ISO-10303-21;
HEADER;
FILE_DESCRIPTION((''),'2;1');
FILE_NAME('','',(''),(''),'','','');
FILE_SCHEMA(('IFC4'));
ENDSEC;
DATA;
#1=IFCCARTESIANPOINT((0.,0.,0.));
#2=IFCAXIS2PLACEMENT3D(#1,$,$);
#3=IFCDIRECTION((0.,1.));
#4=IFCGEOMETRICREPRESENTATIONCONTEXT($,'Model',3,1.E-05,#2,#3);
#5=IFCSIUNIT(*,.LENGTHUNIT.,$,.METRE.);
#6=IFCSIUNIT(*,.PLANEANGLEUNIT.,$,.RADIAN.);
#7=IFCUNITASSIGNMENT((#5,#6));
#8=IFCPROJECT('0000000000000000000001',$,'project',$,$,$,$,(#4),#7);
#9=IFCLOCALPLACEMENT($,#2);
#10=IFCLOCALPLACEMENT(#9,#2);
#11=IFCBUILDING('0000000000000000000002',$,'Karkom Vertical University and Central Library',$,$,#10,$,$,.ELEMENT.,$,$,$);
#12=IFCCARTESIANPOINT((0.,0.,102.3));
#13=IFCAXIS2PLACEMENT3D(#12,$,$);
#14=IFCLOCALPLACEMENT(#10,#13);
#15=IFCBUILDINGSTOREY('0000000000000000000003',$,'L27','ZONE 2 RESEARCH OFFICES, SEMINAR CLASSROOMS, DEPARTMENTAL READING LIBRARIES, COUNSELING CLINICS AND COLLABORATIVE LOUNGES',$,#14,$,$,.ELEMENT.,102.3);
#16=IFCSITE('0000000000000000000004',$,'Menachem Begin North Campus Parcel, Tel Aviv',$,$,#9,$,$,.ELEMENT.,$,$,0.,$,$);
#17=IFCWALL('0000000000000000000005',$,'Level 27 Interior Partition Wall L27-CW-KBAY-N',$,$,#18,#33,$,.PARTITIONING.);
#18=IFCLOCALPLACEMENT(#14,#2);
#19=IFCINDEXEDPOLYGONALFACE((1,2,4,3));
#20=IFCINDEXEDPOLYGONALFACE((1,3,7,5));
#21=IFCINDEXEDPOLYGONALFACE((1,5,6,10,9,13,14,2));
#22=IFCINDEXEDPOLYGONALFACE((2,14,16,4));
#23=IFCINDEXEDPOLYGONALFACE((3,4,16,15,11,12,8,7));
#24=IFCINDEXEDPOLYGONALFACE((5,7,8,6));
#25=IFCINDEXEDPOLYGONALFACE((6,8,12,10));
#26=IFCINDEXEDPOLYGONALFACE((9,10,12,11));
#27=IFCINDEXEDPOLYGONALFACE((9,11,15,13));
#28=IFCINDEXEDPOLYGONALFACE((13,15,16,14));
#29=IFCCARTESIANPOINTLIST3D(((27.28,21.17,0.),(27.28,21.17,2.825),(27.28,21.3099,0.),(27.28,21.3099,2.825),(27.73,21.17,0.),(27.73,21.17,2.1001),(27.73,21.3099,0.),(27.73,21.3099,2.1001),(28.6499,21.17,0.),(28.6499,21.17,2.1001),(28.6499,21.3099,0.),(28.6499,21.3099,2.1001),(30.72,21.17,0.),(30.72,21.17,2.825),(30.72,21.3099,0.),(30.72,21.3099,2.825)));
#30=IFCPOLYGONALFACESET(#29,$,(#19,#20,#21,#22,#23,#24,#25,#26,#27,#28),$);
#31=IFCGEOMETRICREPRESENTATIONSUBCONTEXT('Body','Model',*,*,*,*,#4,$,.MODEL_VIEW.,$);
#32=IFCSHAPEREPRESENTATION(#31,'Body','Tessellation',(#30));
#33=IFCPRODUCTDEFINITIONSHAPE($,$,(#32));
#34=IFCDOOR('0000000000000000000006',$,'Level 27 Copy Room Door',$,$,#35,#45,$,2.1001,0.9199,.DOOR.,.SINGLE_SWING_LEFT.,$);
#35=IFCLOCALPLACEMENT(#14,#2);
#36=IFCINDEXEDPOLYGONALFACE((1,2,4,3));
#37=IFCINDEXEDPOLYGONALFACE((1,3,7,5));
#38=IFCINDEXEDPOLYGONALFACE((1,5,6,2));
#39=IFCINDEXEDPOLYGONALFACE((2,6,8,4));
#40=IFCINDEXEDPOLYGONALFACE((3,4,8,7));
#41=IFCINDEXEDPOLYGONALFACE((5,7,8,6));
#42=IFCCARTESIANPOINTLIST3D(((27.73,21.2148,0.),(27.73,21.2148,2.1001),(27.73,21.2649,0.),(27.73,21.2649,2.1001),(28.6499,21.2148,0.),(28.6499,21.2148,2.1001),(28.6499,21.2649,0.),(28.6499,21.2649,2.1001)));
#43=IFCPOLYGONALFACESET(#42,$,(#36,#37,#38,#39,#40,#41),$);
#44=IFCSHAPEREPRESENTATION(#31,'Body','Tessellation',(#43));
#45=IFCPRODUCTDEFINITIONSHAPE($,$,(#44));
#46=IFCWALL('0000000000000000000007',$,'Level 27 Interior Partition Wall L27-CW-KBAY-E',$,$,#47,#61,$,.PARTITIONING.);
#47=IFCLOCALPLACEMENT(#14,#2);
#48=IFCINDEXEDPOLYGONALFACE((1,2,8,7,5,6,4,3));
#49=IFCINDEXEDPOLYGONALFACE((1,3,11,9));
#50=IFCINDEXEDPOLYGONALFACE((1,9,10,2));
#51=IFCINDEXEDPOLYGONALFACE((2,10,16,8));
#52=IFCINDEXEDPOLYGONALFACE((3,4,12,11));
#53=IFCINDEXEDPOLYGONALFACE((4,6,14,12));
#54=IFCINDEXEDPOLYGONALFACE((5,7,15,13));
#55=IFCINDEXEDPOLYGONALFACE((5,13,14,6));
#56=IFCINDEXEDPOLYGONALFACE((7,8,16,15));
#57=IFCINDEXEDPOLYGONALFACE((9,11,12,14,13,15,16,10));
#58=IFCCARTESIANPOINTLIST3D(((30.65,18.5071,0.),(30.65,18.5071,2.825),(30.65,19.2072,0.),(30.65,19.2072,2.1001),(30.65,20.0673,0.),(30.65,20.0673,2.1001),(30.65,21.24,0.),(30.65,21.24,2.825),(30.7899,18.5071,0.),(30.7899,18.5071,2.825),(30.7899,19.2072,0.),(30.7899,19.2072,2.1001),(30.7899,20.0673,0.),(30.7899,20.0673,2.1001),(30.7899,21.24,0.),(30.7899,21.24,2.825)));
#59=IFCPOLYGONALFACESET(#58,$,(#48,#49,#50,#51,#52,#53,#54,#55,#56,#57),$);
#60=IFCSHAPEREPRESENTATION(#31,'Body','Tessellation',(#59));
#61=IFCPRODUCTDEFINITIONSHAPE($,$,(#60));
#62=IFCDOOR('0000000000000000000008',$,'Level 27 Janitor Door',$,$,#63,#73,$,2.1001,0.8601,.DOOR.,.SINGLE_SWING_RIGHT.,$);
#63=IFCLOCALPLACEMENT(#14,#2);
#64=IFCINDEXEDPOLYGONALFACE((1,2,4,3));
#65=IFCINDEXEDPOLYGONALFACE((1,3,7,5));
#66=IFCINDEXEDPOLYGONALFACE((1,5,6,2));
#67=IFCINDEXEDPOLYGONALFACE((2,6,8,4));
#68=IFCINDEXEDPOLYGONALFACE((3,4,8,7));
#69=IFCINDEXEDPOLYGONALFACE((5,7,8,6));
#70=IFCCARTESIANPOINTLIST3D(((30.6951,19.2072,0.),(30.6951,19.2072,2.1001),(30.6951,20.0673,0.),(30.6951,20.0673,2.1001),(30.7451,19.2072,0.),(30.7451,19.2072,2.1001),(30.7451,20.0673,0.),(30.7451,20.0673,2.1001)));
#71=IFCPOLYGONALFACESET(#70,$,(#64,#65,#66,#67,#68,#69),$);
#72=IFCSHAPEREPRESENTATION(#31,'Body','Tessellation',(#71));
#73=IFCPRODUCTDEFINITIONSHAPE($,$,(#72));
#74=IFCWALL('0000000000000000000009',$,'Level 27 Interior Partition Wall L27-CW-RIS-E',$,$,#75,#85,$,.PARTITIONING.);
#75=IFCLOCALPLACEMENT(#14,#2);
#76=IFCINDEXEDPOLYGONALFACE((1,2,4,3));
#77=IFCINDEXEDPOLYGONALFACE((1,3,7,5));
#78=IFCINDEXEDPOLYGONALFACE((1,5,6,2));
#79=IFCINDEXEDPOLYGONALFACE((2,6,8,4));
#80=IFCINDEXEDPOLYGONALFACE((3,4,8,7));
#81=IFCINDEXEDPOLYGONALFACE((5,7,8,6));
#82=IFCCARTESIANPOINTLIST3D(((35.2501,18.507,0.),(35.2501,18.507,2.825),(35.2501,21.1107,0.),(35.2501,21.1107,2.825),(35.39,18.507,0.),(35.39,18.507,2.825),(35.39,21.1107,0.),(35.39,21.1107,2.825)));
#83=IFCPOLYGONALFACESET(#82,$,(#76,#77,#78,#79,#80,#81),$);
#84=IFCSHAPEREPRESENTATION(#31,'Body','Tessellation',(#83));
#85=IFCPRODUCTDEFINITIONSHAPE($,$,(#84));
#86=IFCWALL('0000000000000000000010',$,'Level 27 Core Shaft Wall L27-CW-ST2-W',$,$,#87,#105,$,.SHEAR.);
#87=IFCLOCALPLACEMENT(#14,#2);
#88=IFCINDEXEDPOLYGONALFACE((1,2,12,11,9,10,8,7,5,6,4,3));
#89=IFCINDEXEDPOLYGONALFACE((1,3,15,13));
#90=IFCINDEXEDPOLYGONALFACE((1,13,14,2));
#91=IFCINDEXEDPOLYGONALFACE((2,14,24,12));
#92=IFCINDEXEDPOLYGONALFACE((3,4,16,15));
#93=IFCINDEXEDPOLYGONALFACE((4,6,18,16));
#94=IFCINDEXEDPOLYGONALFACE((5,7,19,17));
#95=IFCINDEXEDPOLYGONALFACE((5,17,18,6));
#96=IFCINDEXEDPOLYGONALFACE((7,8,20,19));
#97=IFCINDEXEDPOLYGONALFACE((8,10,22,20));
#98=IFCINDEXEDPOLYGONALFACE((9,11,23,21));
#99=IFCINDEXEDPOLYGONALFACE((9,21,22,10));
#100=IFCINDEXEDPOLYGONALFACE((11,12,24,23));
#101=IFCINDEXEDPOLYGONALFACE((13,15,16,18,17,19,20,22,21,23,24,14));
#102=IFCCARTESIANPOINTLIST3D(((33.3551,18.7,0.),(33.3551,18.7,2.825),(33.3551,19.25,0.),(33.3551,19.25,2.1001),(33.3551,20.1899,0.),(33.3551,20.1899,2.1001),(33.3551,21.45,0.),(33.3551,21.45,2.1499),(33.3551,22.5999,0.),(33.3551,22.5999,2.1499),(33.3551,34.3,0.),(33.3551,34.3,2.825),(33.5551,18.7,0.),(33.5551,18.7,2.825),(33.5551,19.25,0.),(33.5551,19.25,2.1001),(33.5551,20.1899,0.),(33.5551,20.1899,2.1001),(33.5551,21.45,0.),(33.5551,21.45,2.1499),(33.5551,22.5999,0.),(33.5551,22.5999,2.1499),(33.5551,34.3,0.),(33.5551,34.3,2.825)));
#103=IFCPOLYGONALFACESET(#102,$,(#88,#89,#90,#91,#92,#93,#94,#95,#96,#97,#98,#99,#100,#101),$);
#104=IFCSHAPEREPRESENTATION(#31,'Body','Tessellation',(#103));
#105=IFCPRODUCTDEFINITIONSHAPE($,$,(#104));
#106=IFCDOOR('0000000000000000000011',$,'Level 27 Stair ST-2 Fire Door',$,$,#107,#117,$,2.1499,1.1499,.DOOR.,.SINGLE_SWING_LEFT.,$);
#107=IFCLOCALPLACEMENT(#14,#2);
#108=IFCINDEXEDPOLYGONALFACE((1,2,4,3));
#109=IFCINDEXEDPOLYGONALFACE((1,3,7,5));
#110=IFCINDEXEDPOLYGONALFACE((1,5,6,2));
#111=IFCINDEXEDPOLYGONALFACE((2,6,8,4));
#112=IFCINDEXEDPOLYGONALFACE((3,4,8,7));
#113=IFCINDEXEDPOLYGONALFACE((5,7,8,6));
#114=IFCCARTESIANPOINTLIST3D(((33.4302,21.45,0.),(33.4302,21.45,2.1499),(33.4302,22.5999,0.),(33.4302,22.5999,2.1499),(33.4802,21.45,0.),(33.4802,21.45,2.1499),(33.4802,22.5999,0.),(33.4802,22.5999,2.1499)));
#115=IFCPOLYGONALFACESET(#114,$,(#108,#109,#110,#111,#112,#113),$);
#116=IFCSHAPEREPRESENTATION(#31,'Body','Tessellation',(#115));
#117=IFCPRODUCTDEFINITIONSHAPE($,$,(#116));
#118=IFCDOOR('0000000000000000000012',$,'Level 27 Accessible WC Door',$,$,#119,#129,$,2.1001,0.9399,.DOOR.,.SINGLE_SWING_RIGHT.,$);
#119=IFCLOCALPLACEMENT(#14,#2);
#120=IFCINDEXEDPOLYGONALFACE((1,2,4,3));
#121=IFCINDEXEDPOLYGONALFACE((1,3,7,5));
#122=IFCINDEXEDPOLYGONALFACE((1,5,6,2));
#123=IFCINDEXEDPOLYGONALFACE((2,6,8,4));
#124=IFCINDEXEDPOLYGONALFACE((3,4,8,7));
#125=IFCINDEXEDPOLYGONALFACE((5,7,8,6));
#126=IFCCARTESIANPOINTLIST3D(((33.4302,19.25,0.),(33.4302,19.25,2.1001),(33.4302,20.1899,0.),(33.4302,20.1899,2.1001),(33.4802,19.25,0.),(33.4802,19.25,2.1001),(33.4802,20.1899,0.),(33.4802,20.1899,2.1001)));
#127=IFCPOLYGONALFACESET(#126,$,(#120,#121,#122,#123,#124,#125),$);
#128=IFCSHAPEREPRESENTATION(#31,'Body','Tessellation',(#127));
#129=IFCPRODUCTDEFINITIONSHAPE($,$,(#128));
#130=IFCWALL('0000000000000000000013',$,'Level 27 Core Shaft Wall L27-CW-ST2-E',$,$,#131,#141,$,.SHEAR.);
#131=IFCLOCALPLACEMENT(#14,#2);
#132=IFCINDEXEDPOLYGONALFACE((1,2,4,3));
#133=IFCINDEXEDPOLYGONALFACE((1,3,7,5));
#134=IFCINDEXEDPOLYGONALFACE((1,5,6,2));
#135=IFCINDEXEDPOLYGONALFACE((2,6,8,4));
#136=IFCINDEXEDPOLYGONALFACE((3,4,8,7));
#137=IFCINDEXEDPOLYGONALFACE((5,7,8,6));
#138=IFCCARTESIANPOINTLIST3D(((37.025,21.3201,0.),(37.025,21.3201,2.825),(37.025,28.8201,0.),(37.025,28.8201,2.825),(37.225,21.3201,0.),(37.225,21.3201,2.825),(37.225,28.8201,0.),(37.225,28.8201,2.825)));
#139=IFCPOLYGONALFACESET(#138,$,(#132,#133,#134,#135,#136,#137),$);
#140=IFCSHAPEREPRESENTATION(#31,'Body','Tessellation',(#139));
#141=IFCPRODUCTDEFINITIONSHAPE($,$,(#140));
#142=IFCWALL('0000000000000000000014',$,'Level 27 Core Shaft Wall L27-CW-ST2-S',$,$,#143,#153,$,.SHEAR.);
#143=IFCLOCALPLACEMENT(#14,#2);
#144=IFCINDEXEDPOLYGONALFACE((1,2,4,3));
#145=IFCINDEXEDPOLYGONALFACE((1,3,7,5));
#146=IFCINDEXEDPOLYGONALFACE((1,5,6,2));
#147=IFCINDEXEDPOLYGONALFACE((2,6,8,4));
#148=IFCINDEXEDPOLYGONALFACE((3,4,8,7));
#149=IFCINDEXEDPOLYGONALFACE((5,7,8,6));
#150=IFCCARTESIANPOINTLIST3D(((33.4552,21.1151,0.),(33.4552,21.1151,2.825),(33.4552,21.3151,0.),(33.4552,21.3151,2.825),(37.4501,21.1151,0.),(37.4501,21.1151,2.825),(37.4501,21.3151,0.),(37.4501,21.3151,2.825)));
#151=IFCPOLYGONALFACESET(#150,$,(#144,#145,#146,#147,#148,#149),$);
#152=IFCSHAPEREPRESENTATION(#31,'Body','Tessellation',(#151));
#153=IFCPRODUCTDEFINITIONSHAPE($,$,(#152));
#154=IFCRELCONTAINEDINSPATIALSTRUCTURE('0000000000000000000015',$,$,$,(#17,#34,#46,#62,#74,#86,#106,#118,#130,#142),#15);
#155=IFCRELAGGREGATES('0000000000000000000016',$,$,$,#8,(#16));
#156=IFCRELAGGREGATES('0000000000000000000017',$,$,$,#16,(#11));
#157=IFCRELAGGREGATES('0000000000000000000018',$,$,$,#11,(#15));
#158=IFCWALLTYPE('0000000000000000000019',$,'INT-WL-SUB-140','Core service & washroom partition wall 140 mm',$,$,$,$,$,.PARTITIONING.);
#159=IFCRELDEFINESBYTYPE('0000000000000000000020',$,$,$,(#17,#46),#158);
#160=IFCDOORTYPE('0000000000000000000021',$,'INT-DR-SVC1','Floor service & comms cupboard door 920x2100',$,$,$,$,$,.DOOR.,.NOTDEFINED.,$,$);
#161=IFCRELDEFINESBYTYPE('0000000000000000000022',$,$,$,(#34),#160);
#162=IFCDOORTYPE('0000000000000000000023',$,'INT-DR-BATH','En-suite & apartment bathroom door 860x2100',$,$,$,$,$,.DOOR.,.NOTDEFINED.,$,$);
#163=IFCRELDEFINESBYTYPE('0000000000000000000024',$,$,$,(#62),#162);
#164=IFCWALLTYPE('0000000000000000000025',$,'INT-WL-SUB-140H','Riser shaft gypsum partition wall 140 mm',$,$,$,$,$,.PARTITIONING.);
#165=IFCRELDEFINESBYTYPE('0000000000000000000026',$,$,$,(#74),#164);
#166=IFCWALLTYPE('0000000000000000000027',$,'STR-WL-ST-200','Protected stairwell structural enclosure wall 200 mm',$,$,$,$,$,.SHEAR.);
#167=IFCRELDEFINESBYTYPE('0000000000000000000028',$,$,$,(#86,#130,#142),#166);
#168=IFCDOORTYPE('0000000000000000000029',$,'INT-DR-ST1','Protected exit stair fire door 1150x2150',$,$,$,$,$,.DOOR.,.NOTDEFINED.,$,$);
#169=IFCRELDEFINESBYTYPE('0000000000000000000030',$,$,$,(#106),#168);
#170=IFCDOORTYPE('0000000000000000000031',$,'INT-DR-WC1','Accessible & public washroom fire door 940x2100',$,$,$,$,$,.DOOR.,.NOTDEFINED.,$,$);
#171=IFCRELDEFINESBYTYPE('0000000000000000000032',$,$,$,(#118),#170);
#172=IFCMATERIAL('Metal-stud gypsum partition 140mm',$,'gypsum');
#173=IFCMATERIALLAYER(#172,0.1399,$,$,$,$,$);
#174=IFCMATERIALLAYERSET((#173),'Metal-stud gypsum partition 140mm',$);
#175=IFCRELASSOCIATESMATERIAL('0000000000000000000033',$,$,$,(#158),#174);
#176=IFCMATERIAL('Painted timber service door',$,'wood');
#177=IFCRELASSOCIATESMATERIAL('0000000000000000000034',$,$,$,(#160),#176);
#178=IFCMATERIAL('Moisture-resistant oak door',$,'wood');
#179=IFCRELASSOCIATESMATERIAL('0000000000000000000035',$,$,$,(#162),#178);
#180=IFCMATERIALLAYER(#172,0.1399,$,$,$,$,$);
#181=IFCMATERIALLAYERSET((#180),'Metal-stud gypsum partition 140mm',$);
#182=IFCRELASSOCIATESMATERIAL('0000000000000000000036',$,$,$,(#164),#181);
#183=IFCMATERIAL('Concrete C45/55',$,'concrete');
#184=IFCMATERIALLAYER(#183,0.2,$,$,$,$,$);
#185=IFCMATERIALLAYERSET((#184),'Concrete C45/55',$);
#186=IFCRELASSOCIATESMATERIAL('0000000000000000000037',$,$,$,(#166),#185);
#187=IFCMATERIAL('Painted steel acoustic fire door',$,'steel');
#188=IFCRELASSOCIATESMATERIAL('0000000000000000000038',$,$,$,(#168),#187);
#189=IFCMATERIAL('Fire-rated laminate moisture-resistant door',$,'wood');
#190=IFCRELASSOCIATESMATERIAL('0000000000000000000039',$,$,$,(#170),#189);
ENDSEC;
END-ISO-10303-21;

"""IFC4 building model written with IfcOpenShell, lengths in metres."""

from ifc_helpers import new_model, si_unit, direction, frame, frame_2d, origin, origin_with_axes, place, context, subcontext, project, spatial, rectangle, extrude, source, transform, mapped, material, layer, layer_set, type_object, element, fill, save


model = new_model("IFC4")

# Units and contexts
model_context = context("Model", 3, precision=1e-05, world=origin(), true_north=direction((0.0, 1.0)))
body_context = subcontext(model_context, "Body", "Model", "MODEL_VIEW")
ifc_project = project(units=[si_unit("LENGTHUNIT", "METRE"), si_unit("PLANEANGLEUNIT", "RADIAN")], contexts=[model_context])

# Site, building, storey
site_placement = place(None, origin())
site = spatial("IfcSite", under=ifc_project, at=site_placement, Name="Menachem Begin North Campus Parcel, Tel Aviv", CompositionType="ELEMENT", RefElevation=0.0)
building_placement = place(site_placement, origin())
building = spatial("IfcBuilding", under=site, at=building_placement, Name="Karkom Vertical University and Central Library", CompositionType="ELEMENT")
storey_placement = place(building_placement, frame((0.0, 0.0, 102.3)))
storey = spatial("IfcBuildingStorey", under=building, at=storey_placement, Name="L27", Description="ZONE 2 RESEARCH OFFICES, SEMINAR CLASSROOMS, DEPARTMENTAL READING LIBRARIES, COUNSELING CLINICS AND COLLABORATIVE LOUNGES", CompositionType="ELEMENT", Elevation=102.3)

# Walls, openings, doors
ifc_material_1 = material(Name="Metal-stud gypsum partition 140mm", Category="gypsum")
ifc_layer_1 = layer(ifc_material_1, 0.1399)
ifc_layer_set_1 = layer_set([ifc_layer_1], Name="Metal-stud gypsum partition 140mm")
wall_type_1 = type_object("IfcWallType", Name="INT-WL-SUB-140", Description="Core service & washroom partition wall 140 mm", PredefinedType="PARTITIONING", material=ifc_layer_set_1)
wall_1_placement = place(storey_placement, frame((27.28, 21.24, 0.0), z_axis=(0.0, 0.0, 1.0), x_axis=(1.0, 0.0, 0.0)))
wall_1 = element("IfcWall", 1, at=wall_1_placement, inside=storey, type_object=wall_type_1, Name="Level 27 Interior Partition Wall L27-CW-KBAY-N", PredefinedType="PARTITIONING", context=body_context, shape_type="SweptSolid", body=[
    extrude(rectangle(XDim=3.4399, YDim=0.1399, at=frame_2d((1.72, 0.0))), origin(), (0.0, 0.0, 1.0), 2.825),
])
opening_1_placement = place(wall_1_placement, frame((0.45, 0.0, 0.0)))
opening_1 = element("IfcOpeningElement", 2, at=opening_1_placement, cuts=wall_1, PredefinedType="OPENING", context=body_context, shape_type="SweptSolid", body=[
    extrude(rectangle(XDim=0.9199, YDim=2.1001, at=frame_2d((0.46, 1.05))), frame((0.0, 0.0801, 0.0), z_axis=(0.0, -1.0, 0.0), x_axis=(1.0, 0.0, 0.0)), (0.0, 0.0, 1.0), 0.1599),
])
ifc_material_2 = material(Name="Painted timber service door", Category="wood")
door_type_1 = type_object("IfcDoorType", Name="INT-DR-SVC1", Description="Floor service & comms cupboard door 920x2100", OperationType="NOTDEFINED", PredefinedType="DOOR", material=ifc_material_2)
shared_shape_1 = source(origin_with_axes(), body_context, "Body", "SweptSolid", [
    extrude(rectangle(XDim=0.9199, YDim=2.1001, at=frame_2d((0.46, 1.05))), frame((0.0, 0.0249, 0.0), z_axis=(0.0, -1.0, 0.0), x_axis=(1.0, 0.0, 0.0)), (0.0, 0.0, 1.0), 0.05),
])
door_1_placement = place(opening_1_placement, origin())
door_1 = element("IfcDoor", 3, at=door_1_placement, inside=storey, type_object=door_type_1, Name="Level 27 Copy Room Door", OperationType="SINGLE_SWING_LEFT", OverallHeight=2.1001, OverallWidth=0.9199, PredefinedType="DOOR", context=body_context, shape_type="MappedRepresentation", body=[
    mapped(shared_shape_1, transform((0.0, 0.0, 0.0), scale=1.0)),
])
fill(opening_1, door_1)
wall_2_placement = place(storey_placement, frame((30.72, 18.5071, 0.0), z_axis=(0.0, 0.0, 1.0), x_axis=(0.0, 1.0, 0.0)))
wall_2 = element("IfcWall", 4, at=wall_2_placement, inside=storey, type_object=wall_type_1, Name="Level 27 Interior Partition Wall L27-CW-KBAY-E", PredefinedType="PARTITIONING", context=body_context, shape_type="SweptSolid", body=[
    extrude(rectangle(XDim=2.7329, YDim=0.1399, at=frame_2d((1.3665, 0.0))), origin(), (0.0, 0.0, 1.0), 2.825),
])
opening_2_placement = place(wall_2_placement, frame((0.7, 0.0, 0.0)))
opening_2 = element("IfcOpeningElement", 5, at=opening_2_placement, cuts=wall_2, PredefinedType="OPENING", context=body_context, shape_type="SweptSolid", body=[
    extrude(rectangle(XDim=0.8601, YDim=2.1001, at=frame_2d((0.4302, 1.05))), frame((0.0, 0.0801, 0.0), z_axis=(0.0, -1.0, 0.0), x_axis=(1.0, 0.0, 0.0)), (0.0, 0.0, 1.0), 0.1599),
])
ifc_material_3 = material(Name="Moisture-resistant oak door", Category="wood")
door_type_2 = type_object("IfcDoorType", Name="INT-DR-BATH", Description="En-suite & apartment bathroom door 860x2100", OperationType="NOTDEFINED", PredefinedType="DOOR", material=ifc_material_3)
shared_shape_2 = source(origin_with_axes(), body_context, "Body", "SweptSolid", [
    extrude(rectangle(XDim=0.8601, YDim=2.1001, at=frame_2d((0.4302, 1.05))), frame((0.0, 0.0249, 0.0), z_axis=(0.0, -1.0, 0.0), x_axis=(1.0, 0.0, 0.0)), (0.0, 0.0, 1.0), 0.05),
])
door_2_placement = place(opening_2_placement, origin())
door_2 = element("IfcDoor", 6, at=door_2_placement, inside=storey, type_object=door_type_2, Name="Level 27 Janitor Door", OperationType="SINGLE_SWING_RIGHT", OverallHeight=2.1001, OverallWidth=0.8601, PredefinedType="DOOR", context=body_context, shape_type="MappedRepresentation", body=[
    mapped(shared_shape_2, transform((0.0, 0.0, 0.0), scale=1.0)),
])
fill(opening_2, door_2)

# Wall
ifc_layer_2 = layer(ifc_material_1, 0.1399)
ifc_layer_set_2 = layer_set([ifc_layer_2], Name="Metal-stud gypsum partition 140mm")
wall_type_2 = type_object("IfcWallType", Name="INT-WL-SUB-140H", Description="Riser shaft gypsum partition wall 140 mm", PredefinedType="PARTITIONING", material=ifc_layer_set_2)
wall_3_placement = place(storey_placement, frame((35.3201, 18.5071, 0.0), z_axis=(0.0, 0.0, 1.0), x_axis=(0.0, 1.0, 0.0)))
element("IfcWall", 7, at=wall_3_placement, inside=storey, type_object=wall_type_2, Name="Level 27 Interior Partition Wall L27-CW-RIS-E", PredefinedType="PARTITIONING", context=body_context, shape_type="SweptSolid", body=[
    extrude(rectangle(XDim=2.6038, YDim=0.1399, at=frame_2d((1.3018, 0.0))), origin(), (0.0, 0.0, 1.0), 2.825),
])

# Wall, openings, doors
ifc_material_4 = material(Name="Concrete C45/55", Category="concrete")
ifc_layer_3 = layer(ifc_material_4, 0.2)
ifc_layer_set_3 = layer_set([ifc_layer_3], Name="Concrete C45/55")
wall_type_3 = type_object("IfcWallType", Name="STR-WL-ST-200", Description="Protected stairwell structural enclosure wall 200 mm", PredefinedType="SHEAR", material=ifc_layer_set_3)
wall_4_placement = place(storey_placement, frame((33.4551, 18.7, 0.0), z_axis=(0.0, 0.0, 1.0), x_axis=(0.0, 1.0, 0.0)))
wall_4 = element("IfcWall", 8, at=wall_4_placement, inside=storey, type_object=wall_type_3, Name="Level 27 Core Shaft Wall L27-CW-ST2-W", PredefinedType="SHEAR", context=body_context, shape_type="SweptSolid", body=[
    extrude(rectangle(XDim=15.6001, YDim=0.2, at=frame_2d((7.8, 0.0))), origin(), (0.0, 0.0, 1.0), 2.825),
])
opening_3_placement = place(wall_4_placement, frame((2.75, 0.0, 0.0)))
opening_3 = element("IfcOpeningElement", 9, at=opening_3_placement, cuts=wall_4, PredefinedType="OPENING", context=body_context, shape_type="SweptSolid", body=[
    extrude(rectangle(XDim=1.1499, YDim=2.1499, at=frame_2d((0.575, 1.075))), frame((0.0, 0.1099, 0.0), z_axis=(0.0, -1.0, 0.0), x_axis=(1.0, 0.0, 0.0)), (0.0, 0.0, 1.0), 0.22),
])
opening_4_placement = place(wall_4_placement, frame((0.55, 0.0, 0.0)))
opening_4 = element("IfcOpeningElement", 10, at=opening_4_placement, cuts=wall_4, PredefinedType="OPENING", context=body_context, shape_type="SweptSolid", body=[
    extrude(rectangle(XDim=0.9399, YDim=2.1001, at=frame_2d((0.47, 1.05))), frame((0.0, 0.1099, 0.0), z_axis=(0.0, -1.0, 0.0), x_axis=(1.0, 0.0, 0.0)), (0.0, 0.0, 1.0), 0.22),
])
ifc_material_5 = material(Name="Painted steel acoustic fire door", Category="steel")
door_type_3 = type_object("IfcDoorType", Name="INT-DR-ST1", Description="Protected exit stair fire door 1150x2150", OperationType="NOTDEFINED", PredefinedType="DOOR", material=ifc_material_5)
shared_shape_3 = source(origin_with_axes(), body_context, "Body", "SweptSolid", [
    extrude(rectangle(XDim=1.1499, YDim=2.1499, at=frame_2d((0.575, 1.075))), frame((0.0, 0.0249, 0.0), z_axis=(0.0, -1.0, 0.0), x_axis=(1.0, 0.0, 0.0)), (0.0, 0.0, 1.0), 0.05),
])
door_3_placement = place(opening_3_placement, origin())
door_3 = element("IfcDoor", 11, at=door_3_placement, inside=storey, type_object=door_type_3, Name="Level 27 Stair ST-2 Fire Door", OperationType="SINGLE_SWING_LEFT", OverallHeight=2.1499, OverallWidth=1.1499, PredefinedType="DOOR", context=body_context, shape_type="MappedRepresentation", body=[
    mapped(shared_shape_3, transform((0.0, 0.0, 0.0), scale=1.0)),
])
fill(opening_3, door_3)
ifc_material_6 = material(Name="Fire-rated laminate moisture-resistant door", Category="wood")
door_type_4 = type_object("IfcDoorType", Name="INT-DR-WC1", Description="Accessible & public washroom fire door 940x2100", OperationType="NOTDEFINED", PredefinedType="DOOR", material=ifc_material_6)
shared_shape_4 = source(origin_with_axes(), body_context, "Body", "SweptSolid", [
    extrude(rectangle(XDim=0.9399, YDim=2.1001, at=frame_2d((0.47, 1.05))), frame((0.0, 0.0249, 0.0), z_axis=(0.0, -1.0, 0.0), x_axis=(1.0, 0.0, 0.0)), (0.0, 0.0, 1.0), 0.05),
])
door_4_placement = place(opening_4_placement, origin())
door_4 = element("IfcDoor", 12, at=door_4_placement, inside=storey, type_object=door_type_4, Name="Level 27 Accessible WC Door", OperationType="SINGLE_SWING_RIGHT", OverallHeight=2.1001, OverallWidth=0.9399, PredefinedType="DOOR", context=body_context, shape_type="MappedRepresentation", body=[
    mapped(shared_shape_4, transform((0.0, 0.0, 0.0), scale=1.0)),
])
fill(opening_4, door_4)

# Walls
wall_5_placement = place(storey_placement, frame((37.125, 21.3201, 0.0), z_axis=(0.0, 0.0, 1.0), x_axis=(0.0, 1.0, 0.0)))
element("IfcWall", 13, at=wall_5_placement, inside=storey, type_object=wall_type_3, Name="Level 27 Core Shaft Wall L27-CW-ST2-E", PredefinedType="SHEAR", context=body_context, shape_type="SweptSolid", body=[
    extrude(rectangle(XDim=7.5, YDim=0.2, at=frame_2d((3.75, 0.0))), origin(), (0.0, 0.0, 1.0), 2.825),
])
wall_6_placement = place(storey_placement, frame((33.4551, 21.2151, 0.0), z_axis=(0.0, 0.0, 1.0), x_axis=(1.0, 0.0, 0.0)))
element("IfcWall", 14, at=wall_6_placement, inside=storey, type_object=wall_type_3, Name="Level 27 Core Shaft Wall L27-CW-ST2-S", PredefinedType="SHEAR", context=body_context, shape_type="SweptSolid", body=[
    extrude(rectangle(XDim=3.9949, YDim=0.2, at=frame_2d((1.9976, 0.0))), origin(), (0.0, 0.0, 1.0), 2.825),
])

save(model, "model.ifc")
